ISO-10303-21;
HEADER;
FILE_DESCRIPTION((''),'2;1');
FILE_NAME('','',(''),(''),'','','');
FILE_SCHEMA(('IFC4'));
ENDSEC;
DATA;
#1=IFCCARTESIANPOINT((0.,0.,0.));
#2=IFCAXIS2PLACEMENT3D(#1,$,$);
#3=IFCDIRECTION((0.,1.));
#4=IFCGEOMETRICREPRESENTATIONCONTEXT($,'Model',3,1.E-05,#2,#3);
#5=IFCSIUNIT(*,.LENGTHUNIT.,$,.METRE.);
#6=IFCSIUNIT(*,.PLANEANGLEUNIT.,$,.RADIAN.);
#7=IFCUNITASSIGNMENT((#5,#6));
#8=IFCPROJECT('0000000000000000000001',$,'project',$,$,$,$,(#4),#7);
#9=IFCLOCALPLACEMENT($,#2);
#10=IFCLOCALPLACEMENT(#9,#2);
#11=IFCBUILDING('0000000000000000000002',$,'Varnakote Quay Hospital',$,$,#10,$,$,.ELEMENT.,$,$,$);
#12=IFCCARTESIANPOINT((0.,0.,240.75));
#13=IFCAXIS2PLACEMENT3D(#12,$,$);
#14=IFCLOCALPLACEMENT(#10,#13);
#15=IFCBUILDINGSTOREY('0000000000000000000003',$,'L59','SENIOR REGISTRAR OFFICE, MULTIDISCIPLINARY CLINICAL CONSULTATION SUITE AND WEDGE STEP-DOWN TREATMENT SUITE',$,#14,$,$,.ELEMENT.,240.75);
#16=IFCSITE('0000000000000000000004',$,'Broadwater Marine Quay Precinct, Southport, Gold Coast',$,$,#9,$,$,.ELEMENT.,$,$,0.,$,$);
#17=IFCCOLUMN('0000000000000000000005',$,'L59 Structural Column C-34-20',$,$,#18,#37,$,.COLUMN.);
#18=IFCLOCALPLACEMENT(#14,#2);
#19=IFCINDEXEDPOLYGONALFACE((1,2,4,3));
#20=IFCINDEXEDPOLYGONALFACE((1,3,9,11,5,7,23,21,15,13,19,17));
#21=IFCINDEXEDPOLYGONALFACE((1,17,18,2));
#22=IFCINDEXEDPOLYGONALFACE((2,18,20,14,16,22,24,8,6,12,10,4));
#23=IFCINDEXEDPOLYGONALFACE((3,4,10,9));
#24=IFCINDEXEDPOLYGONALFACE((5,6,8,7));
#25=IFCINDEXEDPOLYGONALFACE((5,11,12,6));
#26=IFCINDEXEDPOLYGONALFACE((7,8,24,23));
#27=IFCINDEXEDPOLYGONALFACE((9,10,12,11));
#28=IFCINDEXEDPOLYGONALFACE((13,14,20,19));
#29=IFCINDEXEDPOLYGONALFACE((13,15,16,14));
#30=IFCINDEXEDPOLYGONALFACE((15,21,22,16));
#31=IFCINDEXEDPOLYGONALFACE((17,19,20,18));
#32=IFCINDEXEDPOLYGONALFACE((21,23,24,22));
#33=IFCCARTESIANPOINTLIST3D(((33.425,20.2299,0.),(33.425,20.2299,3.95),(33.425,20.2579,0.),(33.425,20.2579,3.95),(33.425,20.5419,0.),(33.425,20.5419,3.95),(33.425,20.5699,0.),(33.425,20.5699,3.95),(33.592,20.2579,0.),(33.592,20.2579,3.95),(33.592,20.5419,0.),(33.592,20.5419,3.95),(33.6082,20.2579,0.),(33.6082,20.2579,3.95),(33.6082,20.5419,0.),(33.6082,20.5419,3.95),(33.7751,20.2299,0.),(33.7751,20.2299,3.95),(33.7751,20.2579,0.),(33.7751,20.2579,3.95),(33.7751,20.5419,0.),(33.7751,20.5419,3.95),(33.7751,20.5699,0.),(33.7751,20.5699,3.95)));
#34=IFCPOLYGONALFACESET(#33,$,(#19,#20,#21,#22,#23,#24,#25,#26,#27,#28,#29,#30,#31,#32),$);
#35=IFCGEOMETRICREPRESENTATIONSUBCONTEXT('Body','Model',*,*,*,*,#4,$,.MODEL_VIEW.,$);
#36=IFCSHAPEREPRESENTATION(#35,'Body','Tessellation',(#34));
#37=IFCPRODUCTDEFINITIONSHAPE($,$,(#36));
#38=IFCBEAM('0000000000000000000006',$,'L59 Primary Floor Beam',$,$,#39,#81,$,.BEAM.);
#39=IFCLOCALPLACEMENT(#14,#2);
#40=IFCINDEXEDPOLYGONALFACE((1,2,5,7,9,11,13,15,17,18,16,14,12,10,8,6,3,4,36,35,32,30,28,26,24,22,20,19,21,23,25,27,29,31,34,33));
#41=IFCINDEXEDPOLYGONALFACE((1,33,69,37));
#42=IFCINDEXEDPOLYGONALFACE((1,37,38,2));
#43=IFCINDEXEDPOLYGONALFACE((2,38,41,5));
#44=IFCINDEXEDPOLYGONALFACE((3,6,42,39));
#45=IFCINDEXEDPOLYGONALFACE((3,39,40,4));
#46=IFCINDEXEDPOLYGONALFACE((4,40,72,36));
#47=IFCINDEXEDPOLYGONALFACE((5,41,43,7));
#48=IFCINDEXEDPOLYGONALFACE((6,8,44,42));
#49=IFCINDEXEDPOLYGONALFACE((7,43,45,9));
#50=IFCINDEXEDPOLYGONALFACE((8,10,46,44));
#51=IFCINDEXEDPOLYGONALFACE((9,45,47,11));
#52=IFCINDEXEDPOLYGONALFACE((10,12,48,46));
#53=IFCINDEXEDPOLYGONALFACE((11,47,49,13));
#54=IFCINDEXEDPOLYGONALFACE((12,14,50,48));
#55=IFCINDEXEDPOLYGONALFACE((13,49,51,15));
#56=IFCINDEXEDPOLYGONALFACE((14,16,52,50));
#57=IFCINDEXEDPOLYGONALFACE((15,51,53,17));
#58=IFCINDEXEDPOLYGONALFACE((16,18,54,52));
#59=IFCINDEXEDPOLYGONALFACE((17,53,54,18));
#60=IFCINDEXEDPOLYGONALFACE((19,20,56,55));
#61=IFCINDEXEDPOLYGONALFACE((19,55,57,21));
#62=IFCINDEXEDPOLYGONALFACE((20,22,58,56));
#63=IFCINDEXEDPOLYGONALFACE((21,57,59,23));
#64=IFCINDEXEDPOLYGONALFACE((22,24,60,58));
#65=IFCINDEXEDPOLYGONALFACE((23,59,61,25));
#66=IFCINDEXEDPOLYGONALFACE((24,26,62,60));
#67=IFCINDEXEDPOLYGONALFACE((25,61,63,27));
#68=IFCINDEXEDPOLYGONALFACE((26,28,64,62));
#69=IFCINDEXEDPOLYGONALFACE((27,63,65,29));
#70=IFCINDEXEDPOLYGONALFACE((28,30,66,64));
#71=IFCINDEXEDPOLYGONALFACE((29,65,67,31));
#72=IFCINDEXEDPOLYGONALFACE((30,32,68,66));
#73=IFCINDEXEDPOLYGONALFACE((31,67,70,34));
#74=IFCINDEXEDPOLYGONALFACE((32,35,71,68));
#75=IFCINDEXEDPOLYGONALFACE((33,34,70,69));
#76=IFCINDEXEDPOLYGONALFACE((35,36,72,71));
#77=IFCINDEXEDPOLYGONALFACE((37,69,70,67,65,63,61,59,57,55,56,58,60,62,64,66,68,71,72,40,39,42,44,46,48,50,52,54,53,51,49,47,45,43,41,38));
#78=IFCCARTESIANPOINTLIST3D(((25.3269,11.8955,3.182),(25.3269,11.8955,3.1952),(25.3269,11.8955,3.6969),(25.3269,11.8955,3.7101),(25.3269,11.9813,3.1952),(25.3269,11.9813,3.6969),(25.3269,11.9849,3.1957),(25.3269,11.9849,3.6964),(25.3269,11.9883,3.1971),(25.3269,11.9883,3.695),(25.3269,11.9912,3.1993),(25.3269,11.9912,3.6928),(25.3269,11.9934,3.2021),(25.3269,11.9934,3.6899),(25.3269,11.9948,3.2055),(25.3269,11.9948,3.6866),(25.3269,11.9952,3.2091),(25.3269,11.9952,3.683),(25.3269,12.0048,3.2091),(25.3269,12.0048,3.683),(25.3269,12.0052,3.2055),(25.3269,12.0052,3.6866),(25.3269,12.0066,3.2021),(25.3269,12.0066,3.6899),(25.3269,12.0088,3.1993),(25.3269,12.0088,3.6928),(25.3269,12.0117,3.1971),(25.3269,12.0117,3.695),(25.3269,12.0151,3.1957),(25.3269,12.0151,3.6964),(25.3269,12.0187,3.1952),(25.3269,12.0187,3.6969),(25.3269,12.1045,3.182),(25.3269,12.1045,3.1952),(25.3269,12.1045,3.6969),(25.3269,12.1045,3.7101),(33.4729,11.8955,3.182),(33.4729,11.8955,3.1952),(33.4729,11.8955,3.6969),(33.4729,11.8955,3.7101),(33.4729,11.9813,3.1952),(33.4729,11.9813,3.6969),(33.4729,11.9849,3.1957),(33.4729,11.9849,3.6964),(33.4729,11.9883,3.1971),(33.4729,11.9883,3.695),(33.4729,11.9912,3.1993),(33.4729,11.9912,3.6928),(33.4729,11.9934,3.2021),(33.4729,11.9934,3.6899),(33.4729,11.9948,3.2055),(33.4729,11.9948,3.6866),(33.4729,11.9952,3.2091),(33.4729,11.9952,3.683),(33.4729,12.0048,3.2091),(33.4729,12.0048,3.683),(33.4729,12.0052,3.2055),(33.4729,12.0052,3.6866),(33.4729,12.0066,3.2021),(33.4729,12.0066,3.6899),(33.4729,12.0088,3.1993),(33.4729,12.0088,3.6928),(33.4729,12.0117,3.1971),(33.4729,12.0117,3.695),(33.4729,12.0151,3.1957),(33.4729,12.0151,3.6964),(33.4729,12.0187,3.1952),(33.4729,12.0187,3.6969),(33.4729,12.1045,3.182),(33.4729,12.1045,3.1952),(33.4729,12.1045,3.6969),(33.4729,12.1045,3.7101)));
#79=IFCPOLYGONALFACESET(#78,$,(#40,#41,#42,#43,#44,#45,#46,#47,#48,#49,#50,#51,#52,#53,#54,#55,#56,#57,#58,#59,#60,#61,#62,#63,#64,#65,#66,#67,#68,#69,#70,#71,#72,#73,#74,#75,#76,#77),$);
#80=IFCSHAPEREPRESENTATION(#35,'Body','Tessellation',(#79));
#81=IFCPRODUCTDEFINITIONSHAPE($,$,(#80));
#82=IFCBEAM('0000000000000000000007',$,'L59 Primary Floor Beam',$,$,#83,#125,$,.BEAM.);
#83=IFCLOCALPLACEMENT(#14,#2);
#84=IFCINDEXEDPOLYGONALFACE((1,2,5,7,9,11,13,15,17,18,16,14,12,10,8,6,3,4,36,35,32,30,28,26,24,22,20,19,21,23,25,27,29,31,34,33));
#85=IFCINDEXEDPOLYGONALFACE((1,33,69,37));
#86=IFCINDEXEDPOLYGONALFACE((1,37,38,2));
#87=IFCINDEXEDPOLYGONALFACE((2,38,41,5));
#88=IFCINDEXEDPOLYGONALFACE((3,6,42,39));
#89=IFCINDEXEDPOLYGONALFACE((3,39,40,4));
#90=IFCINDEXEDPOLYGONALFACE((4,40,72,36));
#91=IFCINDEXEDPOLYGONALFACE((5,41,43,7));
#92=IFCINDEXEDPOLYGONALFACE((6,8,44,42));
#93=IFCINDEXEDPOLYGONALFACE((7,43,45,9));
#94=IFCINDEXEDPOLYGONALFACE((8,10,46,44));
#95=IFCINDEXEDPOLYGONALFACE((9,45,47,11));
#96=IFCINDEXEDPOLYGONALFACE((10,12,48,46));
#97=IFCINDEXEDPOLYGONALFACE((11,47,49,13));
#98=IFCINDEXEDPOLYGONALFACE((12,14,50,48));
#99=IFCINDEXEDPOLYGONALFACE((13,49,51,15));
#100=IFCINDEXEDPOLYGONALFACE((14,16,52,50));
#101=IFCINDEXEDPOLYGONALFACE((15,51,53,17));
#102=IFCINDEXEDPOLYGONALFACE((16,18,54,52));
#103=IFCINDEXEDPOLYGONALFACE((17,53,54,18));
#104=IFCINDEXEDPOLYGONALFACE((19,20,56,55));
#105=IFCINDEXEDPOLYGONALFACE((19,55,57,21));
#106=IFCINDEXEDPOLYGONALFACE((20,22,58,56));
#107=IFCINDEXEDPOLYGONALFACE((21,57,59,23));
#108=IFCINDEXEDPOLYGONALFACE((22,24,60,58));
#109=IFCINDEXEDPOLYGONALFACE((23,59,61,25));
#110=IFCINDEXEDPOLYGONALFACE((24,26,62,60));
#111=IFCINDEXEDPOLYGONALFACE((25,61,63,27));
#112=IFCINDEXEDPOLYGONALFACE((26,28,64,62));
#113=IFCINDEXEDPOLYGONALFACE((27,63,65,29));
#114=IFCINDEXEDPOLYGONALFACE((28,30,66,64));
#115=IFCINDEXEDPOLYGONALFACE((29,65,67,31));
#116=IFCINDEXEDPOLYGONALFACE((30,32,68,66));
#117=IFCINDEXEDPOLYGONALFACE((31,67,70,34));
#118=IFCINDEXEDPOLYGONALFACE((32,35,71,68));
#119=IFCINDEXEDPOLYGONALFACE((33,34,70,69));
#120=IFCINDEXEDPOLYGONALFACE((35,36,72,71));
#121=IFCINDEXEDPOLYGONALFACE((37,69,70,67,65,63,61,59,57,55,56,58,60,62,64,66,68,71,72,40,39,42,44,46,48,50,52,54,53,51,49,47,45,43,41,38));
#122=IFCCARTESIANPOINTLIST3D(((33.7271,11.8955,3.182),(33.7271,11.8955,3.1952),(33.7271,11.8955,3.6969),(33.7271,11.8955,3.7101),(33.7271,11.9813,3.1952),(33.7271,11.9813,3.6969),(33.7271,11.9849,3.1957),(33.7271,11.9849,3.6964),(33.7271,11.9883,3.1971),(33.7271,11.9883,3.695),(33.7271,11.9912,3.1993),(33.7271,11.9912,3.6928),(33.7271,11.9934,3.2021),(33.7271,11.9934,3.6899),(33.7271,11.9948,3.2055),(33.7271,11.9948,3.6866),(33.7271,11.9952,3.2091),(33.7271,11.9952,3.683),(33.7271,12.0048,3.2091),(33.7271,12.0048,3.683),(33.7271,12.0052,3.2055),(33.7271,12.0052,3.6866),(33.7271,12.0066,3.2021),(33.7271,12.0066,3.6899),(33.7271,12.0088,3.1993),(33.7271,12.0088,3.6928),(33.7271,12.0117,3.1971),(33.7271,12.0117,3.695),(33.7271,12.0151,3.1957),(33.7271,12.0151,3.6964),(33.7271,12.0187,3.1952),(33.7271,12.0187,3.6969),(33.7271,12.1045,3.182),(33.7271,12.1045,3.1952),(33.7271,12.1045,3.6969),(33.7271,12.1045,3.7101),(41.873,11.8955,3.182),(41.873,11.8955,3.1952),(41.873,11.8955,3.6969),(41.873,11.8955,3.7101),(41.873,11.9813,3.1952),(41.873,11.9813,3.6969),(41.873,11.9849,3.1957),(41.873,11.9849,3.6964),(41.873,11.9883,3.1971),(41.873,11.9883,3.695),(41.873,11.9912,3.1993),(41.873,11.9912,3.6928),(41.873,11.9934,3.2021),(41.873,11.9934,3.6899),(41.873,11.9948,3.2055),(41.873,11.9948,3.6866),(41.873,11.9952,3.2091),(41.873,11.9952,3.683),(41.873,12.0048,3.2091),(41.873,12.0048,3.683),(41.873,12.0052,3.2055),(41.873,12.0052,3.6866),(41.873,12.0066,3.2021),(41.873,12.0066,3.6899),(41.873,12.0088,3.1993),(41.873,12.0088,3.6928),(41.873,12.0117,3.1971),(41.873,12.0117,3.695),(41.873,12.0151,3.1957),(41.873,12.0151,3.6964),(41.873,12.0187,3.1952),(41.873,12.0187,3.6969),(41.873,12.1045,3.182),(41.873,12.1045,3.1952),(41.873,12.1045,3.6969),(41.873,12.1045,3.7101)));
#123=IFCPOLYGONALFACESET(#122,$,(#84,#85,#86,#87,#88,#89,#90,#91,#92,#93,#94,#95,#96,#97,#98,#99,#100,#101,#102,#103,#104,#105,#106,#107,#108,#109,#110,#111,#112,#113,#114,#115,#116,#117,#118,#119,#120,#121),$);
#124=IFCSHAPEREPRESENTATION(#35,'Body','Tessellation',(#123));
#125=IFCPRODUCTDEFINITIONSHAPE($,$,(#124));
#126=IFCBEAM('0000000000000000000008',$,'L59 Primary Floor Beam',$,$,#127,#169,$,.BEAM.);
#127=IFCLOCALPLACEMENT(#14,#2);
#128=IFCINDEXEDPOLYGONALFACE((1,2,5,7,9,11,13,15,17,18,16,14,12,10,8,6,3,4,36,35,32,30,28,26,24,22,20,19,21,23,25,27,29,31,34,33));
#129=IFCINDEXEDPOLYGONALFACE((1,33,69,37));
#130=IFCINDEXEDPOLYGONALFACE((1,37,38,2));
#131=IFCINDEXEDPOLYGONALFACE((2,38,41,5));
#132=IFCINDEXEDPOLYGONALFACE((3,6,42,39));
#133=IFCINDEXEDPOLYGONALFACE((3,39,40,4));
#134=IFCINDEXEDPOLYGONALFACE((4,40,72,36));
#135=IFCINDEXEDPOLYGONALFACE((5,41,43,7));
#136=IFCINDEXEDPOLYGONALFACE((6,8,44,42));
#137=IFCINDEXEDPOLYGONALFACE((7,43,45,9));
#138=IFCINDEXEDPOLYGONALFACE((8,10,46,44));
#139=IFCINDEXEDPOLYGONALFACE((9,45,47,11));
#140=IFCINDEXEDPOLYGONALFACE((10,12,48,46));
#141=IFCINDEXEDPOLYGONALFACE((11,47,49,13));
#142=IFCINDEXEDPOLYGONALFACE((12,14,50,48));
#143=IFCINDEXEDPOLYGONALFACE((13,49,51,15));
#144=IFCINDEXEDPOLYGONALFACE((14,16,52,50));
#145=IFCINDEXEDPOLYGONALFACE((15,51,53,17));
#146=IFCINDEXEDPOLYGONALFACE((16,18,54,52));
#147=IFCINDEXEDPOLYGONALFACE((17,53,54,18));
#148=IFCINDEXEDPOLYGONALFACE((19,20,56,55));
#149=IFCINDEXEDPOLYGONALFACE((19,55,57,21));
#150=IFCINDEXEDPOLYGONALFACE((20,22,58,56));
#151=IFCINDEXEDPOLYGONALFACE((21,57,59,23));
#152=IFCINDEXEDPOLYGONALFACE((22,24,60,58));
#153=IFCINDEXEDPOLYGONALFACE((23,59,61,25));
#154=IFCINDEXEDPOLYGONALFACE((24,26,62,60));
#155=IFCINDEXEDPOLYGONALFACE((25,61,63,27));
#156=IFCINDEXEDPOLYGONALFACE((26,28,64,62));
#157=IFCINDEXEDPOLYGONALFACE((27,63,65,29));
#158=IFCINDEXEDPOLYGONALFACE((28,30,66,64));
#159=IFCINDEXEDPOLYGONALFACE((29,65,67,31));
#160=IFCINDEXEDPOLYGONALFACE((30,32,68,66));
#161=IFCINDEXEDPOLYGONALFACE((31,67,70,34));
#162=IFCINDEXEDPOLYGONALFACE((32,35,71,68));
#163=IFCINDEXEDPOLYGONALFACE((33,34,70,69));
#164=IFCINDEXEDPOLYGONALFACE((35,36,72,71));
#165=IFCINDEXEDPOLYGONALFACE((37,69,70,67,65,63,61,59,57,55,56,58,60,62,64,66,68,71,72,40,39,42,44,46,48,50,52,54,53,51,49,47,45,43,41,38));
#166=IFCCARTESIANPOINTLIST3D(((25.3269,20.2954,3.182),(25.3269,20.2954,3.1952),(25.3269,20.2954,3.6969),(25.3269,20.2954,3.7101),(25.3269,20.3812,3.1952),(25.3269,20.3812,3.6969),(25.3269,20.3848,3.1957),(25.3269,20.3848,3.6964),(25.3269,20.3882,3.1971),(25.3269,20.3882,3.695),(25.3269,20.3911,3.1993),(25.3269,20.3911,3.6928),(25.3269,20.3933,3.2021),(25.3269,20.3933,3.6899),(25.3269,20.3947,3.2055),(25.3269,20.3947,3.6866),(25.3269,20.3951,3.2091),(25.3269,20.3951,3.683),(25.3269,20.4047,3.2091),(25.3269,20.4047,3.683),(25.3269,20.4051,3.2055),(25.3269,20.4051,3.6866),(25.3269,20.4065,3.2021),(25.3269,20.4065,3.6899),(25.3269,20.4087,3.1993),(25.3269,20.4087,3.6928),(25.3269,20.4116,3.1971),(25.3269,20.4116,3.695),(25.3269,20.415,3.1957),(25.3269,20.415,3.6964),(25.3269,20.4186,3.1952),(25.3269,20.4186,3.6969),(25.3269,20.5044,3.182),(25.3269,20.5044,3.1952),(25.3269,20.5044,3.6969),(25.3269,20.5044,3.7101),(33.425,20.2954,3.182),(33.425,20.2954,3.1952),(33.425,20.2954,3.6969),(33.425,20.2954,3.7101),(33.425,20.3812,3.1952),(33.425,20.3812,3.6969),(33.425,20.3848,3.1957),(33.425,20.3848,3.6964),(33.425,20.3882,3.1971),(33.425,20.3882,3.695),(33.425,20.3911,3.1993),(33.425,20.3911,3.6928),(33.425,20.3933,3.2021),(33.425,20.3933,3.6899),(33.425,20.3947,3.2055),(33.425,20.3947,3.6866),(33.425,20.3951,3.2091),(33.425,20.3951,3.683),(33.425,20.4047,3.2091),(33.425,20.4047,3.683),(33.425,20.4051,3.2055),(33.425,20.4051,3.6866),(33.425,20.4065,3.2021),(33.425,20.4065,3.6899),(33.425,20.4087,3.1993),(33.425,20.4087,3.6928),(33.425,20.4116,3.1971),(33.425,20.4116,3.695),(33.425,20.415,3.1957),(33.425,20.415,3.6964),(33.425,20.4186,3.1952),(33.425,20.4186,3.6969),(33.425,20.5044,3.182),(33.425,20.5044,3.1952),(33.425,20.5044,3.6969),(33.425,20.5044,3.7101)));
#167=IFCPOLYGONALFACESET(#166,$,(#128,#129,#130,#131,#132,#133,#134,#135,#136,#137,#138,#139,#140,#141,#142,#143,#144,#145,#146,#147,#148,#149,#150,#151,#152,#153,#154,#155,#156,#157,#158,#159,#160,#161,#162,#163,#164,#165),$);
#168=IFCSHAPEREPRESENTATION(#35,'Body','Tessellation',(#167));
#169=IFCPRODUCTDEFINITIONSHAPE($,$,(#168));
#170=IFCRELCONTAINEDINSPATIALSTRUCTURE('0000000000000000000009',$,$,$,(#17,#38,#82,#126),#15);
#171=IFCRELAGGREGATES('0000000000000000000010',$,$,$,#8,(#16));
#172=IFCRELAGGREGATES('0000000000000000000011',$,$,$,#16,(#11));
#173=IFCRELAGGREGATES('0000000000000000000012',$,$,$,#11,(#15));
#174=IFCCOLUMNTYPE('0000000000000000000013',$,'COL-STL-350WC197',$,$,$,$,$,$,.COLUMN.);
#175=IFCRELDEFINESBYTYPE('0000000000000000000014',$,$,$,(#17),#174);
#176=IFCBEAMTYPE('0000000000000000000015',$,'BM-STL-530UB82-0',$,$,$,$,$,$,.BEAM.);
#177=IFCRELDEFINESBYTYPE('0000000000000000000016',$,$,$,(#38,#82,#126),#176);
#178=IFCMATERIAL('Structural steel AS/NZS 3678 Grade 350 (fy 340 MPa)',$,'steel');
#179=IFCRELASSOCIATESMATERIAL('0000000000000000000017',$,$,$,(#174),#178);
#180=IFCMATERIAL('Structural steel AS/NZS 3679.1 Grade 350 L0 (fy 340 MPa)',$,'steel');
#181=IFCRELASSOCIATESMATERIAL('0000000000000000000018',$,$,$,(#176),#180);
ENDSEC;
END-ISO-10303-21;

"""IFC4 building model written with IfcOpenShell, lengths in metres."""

from ifc_helpers import new_model, si_unit, direction, frame, origin, origin_2d, place, context, subcontext, project, spatial, i_section, extrude, material, material_profile, profile_set, type_object, element, save


model = new_model("IFC4")

# Units and contexts
model_context = context("Model", 3, precision=1e-05, world=origin(), true_north=direction((0.0, 1.0)))
body_context = subcontext(model_context, "Body", "Model", "MODEL_VIEW")
ifc_project = project(units=[si_unit("LENGTHUNIT", "METRE"), si_unit("PLANEANGLEUNIT", "RADIAN")], contexts=[model_context])

# Site, building, storey
site_placement = place(None, origin())
site = spatial("IfcSite", under=ifc_project, at=site_placement, Name="Broadwater Marine Quay Precinct, Southport, Gold Coast", CompositionType="ELEMENT", RefElevation=0.0)
building_placement = place(site_placement, origin())
building = spatial("IfcBuilding", under=site, at=building_placement, Name="Varnakote Quay Hospital", CompositionType="ELEMENT")
storey_placement = place(building_placement, frame((0.0, 0.0, 240.75)))
storey = spatial("IfcBuildingStorey", under=building, at=storey_placement, Name="L59", Description="SENIOR REGISTRAR OFFICE, MULTIDISCIPLINARY CLINICAL CONSULTATION SUITE AND WEDGE STEP-DOWN TREATMENT SUITE", CompositionType="ELEMENT", Elevation=240.75)

# Column
ifc_material_1 = material(Name="Structural steel AS/NZS 3678 Grade 350 (fy 340 MPa)", Category="steel")
ifc_material_profile_1 = material_profile(ifc_material_1, i_section(OverallWidth=0.3501, OverallDepth=0.3401, WebThickness=0.0161, FlangeThickness=0.0281, at=origin_2d()), Name="350WC197")
ifc_profile_set_1 = profile_set([ifc_material_profile_1], Name="Structural steel AS/NZS 3678 Grade 350 (fy 340 MPa)")
column_type_1 = type_object("IfcColumnType", Name="COL-STL-350WC197", PredefinedType="COLUMN", material=ifc_profile_set_1)
column_placement = place(storey_placement, frame((33.6001, 20.3999, 0.0), z_axis=(0.0, 0.0, 1.0), x_axis=(1.0, 0.0, 0.0)))
element("IfcColumn", 1, at=column_placement, inside=storey, type_object=column_type_1, Name="L59 Structural Column C-34-20", PredefinedType="COLUMN", context=body_context, shape_type="SweptSolid", body=[
    extrude(i_section(OverallWidth=0.3501, OverallDepth=0.3401, WebThickness=0.0161, FlangeThickness=0.0281, at=origin_2d()), origin(), (0.0, 0.0, 1.0), 3.95),
])

# Beams
ifc_material_2 = material(Name="Structural steel AS/NZS 3679.1 Grade 350 L0 (fy 340 MPa)", Category="steel")
ifc_material_profile_2 = material_profile(ifc_material_2, i_section(OverallWidth=0.209, OverallDepth=0.5281, WebThickness=0.0095, FlangeThickness=0.0132, FilletRadius=0.0139, at=origin_2d()), Name="530UB82.0")
ifc_profile_set_2 = profile_set([ifc_material_profile_2], Name="Structural steel AS/NZS 3679.1 Grade 350 L0 (fy 340 MPa)")
beam_type_1 = type_object("IfcBeamType", Name="BM-STL-530UB82-0", PredefinedType="BEAM", material=ifc_profile_set_2)
for number, where, z_axis, x_axis, name in (
    (2, (25.3269, 12.0, 3.446), (1.0, 0.0, 0.0), (0.0, 1.0, 0.0), "L59 Primary Floor Beam"),
    (3, (33.7271, 12.0, 3.446), (1.0, 0.0, 0.0), (0.0, 1.0, 0.0), "L59 Primary Floor Beam"),
):
    element("IfcBeam", number, at=place(storey_placement, frame(where, z_axis=z_axis, x_axis=x_axis)), inside=storey, type_object=beam_type_1, Name=name, PredefinedType="BEAM", context=body_context, shape_type="SweptSolid", body=[
        extrude(i_section(OverallWidth=0.209, OverallDepth=0.5281, WebThickness=0.0095, FlangeThickness=0.0132, FilletRadius=0.0139, at=origin_2d()), origin(), (0.0, 0.0, 1.0), 8.146),
    ])
beam_1_placement = place(storey_placement, frame((25.3269, 20.3999, 3.446), z_axis=(1.0, 0.0, 0.0), x_axis=(0.0, 1.0, 0.0)))
element("IfcBeam", 4, at=beam_1_placement, inside=storey, type_object=beam_type_1, Name="L59 Primary Floor Beam", PredefinedType="BEAM", context=body_context, shape_type="SweptSolid", body=[
    extrude(i_section(OverallWidth=0.209, OverallDepth=0.5281, WebThickness=0.0095, FlangeThickness=0.0132, FilletRadius=0.0139, at=origin_2d()), origin(), (0.0, 0.0, 1.0), 8.0981),
])

save(model, "model.ifc")
